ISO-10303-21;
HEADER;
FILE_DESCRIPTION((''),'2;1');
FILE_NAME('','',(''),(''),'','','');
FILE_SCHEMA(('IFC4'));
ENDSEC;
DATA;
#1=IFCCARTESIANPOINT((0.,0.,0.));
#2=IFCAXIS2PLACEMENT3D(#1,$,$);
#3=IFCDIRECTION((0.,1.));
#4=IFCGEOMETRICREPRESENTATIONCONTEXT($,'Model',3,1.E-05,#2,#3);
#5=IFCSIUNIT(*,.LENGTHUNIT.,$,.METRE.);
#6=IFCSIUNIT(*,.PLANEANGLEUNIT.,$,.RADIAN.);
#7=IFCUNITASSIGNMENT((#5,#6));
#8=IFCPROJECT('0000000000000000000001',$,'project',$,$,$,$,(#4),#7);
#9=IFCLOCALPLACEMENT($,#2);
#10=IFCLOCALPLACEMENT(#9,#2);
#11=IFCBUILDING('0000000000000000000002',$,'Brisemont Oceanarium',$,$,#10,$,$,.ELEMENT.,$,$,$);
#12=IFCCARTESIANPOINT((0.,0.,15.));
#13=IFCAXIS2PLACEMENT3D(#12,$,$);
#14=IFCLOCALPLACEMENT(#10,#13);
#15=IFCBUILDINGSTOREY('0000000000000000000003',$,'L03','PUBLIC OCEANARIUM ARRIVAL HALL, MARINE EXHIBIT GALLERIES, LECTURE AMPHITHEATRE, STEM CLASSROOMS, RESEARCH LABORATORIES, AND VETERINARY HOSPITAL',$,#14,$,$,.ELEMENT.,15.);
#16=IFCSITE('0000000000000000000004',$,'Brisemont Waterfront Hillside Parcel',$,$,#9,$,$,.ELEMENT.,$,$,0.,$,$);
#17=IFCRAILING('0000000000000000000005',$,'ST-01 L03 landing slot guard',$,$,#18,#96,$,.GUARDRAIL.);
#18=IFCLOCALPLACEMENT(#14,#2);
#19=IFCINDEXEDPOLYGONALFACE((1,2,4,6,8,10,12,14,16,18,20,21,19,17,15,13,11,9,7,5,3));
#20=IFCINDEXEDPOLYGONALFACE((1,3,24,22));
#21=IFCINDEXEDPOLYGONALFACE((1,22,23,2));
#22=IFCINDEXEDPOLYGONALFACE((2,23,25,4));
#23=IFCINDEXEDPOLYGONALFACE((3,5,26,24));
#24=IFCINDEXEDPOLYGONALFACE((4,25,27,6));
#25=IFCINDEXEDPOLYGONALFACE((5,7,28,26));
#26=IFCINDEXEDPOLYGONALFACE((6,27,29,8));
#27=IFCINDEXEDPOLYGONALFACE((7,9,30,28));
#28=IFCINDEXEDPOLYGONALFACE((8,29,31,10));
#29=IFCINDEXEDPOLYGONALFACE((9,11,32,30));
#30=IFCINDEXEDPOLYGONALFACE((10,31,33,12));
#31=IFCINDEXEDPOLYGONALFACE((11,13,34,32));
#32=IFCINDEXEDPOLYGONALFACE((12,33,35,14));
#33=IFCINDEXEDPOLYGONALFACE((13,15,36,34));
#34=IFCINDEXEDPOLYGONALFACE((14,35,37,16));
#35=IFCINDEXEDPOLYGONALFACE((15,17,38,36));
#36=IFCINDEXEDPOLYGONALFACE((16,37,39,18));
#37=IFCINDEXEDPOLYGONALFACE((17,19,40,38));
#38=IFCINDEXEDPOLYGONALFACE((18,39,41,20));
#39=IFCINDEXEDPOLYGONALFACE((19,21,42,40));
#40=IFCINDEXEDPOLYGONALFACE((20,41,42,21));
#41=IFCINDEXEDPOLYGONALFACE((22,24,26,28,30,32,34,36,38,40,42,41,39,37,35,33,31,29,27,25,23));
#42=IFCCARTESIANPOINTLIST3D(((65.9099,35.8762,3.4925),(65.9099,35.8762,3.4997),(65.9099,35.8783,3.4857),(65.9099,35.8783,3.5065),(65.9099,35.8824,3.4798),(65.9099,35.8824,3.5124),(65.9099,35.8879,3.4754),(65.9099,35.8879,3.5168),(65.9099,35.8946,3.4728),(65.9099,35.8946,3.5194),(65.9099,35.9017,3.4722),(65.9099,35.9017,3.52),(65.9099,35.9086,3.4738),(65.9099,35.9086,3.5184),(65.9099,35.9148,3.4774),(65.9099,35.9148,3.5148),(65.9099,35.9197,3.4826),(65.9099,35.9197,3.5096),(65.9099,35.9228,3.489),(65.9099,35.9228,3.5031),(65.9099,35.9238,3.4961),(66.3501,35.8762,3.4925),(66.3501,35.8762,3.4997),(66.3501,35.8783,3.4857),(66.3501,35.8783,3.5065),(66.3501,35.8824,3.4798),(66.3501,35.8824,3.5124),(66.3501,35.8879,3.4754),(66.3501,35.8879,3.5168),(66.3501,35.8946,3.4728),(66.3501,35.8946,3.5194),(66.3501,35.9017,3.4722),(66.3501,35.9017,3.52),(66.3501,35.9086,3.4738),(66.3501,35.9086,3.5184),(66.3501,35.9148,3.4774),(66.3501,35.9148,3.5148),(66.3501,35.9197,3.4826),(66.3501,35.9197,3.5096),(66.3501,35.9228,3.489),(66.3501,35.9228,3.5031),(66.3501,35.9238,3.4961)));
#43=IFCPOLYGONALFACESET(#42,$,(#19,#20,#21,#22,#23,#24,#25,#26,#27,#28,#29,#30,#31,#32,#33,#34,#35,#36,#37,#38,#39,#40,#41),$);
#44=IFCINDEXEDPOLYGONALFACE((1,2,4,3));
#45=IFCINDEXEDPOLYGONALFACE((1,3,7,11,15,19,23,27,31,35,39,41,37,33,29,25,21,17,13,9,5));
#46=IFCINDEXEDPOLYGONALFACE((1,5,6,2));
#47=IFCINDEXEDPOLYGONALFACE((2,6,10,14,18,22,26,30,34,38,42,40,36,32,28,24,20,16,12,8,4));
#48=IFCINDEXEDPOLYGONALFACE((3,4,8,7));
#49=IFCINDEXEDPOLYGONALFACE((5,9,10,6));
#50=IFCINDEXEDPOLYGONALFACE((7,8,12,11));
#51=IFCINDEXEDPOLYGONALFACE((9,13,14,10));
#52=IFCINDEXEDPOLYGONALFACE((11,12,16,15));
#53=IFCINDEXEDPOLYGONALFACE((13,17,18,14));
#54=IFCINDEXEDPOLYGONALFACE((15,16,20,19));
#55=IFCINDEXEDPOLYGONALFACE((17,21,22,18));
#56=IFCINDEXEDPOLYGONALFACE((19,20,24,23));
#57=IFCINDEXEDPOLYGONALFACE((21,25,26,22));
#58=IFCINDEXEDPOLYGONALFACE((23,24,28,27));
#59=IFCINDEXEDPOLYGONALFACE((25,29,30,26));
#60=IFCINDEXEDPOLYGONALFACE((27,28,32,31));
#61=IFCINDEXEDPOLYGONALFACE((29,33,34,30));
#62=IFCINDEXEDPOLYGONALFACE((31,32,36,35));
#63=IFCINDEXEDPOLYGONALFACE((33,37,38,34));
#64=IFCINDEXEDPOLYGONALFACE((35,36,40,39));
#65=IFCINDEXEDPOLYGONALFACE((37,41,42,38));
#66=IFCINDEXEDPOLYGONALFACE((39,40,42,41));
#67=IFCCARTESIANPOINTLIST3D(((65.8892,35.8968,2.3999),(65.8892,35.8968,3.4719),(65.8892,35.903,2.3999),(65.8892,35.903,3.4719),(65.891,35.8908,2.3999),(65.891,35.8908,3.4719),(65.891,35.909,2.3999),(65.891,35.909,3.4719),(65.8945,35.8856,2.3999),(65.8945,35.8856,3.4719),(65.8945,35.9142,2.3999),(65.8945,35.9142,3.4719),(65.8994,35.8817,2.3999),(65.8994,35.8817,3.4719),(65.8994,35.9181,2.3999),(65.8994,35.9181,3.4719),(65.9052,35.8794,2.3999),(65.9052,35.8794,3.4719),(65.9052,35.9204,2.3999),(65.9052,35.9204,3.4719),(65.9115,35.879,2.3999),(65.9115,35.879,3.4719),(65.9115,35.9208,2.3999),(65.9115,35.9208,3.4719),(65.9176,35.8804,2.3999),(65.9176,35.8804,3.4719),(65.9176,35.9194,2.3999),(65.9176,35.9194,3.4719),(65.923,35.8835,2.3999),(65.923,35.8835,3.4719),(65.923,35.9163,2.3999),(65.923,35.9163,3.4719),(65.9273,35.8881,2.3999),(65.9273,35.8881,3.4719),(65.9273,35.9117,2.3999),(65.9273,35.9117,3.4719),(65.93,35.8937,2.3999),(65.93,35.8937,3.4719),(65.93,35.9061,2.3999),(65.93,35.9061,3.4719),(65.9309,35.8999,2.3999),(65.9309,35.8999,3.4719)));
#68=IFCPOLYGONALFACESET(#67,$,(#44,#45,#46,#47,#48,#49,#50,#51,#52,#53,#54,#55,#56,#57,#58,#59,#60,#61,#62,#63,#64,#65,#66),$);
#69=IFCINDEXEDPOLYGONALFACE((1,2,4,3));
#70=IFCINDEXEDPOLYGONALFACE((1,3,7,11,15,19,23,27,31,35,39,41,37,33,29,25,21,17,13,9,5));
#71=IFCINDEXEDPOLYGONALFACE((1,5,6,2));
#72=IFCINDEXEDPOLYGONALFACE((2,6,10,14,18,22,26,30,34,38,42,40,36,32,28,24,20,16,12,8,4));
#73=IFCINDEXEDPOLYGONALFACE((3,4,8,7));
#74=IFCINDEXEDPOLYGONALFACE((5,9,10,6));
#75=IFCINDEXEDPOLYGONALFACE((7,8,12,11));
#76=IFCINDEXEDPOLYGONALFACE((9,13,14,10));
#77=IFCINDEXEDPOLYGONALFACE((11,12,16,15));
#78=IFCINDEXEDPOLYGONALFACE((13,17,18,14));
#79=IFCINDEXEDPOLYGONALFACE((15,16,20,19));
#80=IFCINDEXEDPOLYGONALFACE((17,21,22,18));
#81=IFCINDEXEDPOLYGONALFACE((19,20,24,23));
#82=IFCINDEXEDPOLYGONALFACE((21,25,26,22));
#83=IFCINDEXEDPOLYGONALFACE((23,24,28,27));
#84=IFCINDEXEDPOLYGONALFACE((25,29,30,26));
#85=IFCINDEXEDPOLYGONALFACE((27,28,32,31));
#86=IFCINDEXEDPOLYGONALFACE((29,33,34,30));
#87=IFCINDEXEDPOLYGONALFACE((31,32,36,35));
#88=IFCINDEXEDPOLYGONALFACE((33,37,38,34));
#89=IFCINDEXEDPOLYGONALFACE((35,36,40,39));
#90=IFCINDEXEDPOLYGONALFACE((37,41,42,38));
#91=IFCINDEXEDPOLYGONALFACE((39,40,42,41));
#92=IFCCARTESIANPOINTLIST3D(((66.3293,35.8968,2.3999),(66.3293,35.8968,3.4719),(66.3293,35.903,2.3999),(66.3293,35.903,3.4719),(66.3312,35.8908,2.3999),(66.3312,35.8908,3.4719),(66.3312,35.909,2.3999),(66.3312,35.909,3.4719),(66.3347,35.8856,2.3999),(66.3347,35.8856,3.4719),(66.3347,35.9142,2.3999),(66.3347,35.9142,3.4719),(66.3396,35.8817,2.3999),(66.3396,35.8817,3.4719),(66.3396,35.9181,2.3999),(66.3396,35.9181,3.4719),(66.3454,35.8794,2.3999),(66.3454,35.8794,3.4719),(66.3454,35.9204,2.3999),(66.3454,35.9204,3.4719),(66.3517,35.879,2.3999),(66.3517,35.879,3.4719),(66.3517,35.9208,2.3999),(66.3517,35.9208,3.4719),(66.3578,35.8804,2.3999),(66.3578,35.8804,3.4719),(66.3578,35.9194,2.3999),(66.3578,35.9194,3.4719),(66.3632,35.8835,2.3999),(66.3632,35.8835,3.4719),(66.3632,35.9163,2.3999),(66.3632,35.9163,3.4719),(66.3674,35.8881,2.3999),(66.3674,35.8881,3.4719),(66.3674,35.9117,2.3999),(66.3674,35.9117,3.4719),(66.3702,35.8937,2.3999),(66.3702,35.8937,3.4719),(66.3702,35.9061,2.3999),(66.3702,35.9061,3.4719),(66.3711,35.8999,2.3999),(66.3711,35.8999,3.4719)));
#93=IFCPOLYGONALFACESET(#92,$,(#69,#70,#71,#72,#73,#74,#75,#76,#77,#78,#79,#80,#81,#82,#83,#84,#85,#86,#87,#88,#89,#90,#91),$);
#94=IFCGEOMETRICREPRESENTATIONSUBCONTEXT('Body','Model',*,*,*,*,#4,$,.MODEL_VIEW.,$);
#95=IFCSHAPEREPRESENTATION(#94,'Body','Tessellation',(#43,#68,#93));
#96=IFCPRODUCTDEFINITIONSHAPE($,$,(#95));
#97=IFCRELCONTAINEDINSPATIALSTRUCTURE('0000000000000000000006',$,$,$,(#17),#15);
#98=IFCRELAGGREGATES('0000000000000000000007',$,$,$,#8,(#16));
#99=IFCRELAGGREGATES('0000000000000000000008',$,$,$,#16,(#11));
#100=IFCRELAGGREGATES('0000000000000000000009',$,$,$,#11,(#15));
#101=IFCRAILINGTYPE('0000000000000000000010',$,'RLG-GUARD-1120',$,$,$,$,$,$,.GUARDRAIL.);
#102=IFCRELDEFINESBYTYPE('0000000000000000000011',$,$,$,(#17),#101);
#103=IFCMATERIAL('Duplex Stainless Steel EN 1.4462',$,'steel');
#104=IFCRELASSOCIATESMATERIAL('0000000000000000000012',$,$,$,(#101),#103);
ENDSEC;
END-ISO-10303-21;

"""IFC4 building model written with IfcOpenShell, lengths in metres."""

from ifc_helpers import new_model, si_unit, direction, frame, origin, origin_2d, place, context, subcontext, project, spatial, circle, extrude, material, type_object, element, save


model = new_model("IFC4")

# Units and contexts
model_context = context("Model", 3, precision=1e-05, world=origin(), true_north=direction((0.0, 1.0)))
body_context = subcontext(model_context, "Body", "Model", "MODEL_VIEW")
ifc_project = project(units=[si_unit("LENGTHUNIT", "METRE"), si_unit("PLANEANGLEUNIT", "RADIAN")], contexts=[model_context])

# Site, building, storey
site_placement = place(None, origin())
site = spatial("IfcSite", under=ifc_project, at=site_placement, Name="Brisemont Waterfront Hillside Parcel", CompositionType="ELEMENT", RefElevation=0.0)
building_placement = place(site_placement, origin())
building = spatial("IfcBuilding", under=site, at=building_placement, Name="Brisemont Oceanarium", CompositionType="ELEMENT")
storey_placement = place(building_placement, frame((0.0, 0.0, 15.0)))
storey = spatial("IfcBuildingStorey", under=building, at=storey_placement, Name="L03", Description="PUBLIC OCEANARIUM ARRIVAL HALL, MARINE EXHIBIT GALLERIES, LECTURE AMPHITHEATRE, STEM CLASSROOMS, RESEARCH LABORATORIES, AND VETERINARY HOSPITAL", CompositionType="ELEMENT", Elevation=15.0)

# Railing
ifc_material_1 = material(Name="Duplex Stainless Steel EN 1.4462", Category="steel")
railing_type_1 = type_object("IfcRailingType", Name="RLG-GUARD-1120", PredefinedType="GUARDRAIL", material=ifc_material_1)
railing_1_placement = place(storey_placement, frame((65.9099, 35.8999, 2.3999)))
element("IfcRailing", 1, at=railing_1_placement, inside=storey, type_object=railing_type_1, Name="ST-01 L03 landing slot guard", PredefinedType="GUARDRAIL", context=body_context, shape_type="SweptSolid", body=[
    extrude(circle(Radius=0.0239, at=origin_2d()), frame((0.0, 0.0, 1.0962), z_axis=(1.0, 0.0, 0.0), x_axis=(0.0, 1.0, 0.0)), (0.0, 0.0, 1.0), 0.4402),
    extrude(circle(Radius=0.021, at=origin_2d()), origin(), (0.0, 0.0, 1.0), 1.072),
    extrude(circle(Radius=0.021, at=origin_2d()), frame((0.4402, 0.0, 0.0)), (0.0, 0.0, 1.0), 1.072),
])

save(model, "model.ifc")
